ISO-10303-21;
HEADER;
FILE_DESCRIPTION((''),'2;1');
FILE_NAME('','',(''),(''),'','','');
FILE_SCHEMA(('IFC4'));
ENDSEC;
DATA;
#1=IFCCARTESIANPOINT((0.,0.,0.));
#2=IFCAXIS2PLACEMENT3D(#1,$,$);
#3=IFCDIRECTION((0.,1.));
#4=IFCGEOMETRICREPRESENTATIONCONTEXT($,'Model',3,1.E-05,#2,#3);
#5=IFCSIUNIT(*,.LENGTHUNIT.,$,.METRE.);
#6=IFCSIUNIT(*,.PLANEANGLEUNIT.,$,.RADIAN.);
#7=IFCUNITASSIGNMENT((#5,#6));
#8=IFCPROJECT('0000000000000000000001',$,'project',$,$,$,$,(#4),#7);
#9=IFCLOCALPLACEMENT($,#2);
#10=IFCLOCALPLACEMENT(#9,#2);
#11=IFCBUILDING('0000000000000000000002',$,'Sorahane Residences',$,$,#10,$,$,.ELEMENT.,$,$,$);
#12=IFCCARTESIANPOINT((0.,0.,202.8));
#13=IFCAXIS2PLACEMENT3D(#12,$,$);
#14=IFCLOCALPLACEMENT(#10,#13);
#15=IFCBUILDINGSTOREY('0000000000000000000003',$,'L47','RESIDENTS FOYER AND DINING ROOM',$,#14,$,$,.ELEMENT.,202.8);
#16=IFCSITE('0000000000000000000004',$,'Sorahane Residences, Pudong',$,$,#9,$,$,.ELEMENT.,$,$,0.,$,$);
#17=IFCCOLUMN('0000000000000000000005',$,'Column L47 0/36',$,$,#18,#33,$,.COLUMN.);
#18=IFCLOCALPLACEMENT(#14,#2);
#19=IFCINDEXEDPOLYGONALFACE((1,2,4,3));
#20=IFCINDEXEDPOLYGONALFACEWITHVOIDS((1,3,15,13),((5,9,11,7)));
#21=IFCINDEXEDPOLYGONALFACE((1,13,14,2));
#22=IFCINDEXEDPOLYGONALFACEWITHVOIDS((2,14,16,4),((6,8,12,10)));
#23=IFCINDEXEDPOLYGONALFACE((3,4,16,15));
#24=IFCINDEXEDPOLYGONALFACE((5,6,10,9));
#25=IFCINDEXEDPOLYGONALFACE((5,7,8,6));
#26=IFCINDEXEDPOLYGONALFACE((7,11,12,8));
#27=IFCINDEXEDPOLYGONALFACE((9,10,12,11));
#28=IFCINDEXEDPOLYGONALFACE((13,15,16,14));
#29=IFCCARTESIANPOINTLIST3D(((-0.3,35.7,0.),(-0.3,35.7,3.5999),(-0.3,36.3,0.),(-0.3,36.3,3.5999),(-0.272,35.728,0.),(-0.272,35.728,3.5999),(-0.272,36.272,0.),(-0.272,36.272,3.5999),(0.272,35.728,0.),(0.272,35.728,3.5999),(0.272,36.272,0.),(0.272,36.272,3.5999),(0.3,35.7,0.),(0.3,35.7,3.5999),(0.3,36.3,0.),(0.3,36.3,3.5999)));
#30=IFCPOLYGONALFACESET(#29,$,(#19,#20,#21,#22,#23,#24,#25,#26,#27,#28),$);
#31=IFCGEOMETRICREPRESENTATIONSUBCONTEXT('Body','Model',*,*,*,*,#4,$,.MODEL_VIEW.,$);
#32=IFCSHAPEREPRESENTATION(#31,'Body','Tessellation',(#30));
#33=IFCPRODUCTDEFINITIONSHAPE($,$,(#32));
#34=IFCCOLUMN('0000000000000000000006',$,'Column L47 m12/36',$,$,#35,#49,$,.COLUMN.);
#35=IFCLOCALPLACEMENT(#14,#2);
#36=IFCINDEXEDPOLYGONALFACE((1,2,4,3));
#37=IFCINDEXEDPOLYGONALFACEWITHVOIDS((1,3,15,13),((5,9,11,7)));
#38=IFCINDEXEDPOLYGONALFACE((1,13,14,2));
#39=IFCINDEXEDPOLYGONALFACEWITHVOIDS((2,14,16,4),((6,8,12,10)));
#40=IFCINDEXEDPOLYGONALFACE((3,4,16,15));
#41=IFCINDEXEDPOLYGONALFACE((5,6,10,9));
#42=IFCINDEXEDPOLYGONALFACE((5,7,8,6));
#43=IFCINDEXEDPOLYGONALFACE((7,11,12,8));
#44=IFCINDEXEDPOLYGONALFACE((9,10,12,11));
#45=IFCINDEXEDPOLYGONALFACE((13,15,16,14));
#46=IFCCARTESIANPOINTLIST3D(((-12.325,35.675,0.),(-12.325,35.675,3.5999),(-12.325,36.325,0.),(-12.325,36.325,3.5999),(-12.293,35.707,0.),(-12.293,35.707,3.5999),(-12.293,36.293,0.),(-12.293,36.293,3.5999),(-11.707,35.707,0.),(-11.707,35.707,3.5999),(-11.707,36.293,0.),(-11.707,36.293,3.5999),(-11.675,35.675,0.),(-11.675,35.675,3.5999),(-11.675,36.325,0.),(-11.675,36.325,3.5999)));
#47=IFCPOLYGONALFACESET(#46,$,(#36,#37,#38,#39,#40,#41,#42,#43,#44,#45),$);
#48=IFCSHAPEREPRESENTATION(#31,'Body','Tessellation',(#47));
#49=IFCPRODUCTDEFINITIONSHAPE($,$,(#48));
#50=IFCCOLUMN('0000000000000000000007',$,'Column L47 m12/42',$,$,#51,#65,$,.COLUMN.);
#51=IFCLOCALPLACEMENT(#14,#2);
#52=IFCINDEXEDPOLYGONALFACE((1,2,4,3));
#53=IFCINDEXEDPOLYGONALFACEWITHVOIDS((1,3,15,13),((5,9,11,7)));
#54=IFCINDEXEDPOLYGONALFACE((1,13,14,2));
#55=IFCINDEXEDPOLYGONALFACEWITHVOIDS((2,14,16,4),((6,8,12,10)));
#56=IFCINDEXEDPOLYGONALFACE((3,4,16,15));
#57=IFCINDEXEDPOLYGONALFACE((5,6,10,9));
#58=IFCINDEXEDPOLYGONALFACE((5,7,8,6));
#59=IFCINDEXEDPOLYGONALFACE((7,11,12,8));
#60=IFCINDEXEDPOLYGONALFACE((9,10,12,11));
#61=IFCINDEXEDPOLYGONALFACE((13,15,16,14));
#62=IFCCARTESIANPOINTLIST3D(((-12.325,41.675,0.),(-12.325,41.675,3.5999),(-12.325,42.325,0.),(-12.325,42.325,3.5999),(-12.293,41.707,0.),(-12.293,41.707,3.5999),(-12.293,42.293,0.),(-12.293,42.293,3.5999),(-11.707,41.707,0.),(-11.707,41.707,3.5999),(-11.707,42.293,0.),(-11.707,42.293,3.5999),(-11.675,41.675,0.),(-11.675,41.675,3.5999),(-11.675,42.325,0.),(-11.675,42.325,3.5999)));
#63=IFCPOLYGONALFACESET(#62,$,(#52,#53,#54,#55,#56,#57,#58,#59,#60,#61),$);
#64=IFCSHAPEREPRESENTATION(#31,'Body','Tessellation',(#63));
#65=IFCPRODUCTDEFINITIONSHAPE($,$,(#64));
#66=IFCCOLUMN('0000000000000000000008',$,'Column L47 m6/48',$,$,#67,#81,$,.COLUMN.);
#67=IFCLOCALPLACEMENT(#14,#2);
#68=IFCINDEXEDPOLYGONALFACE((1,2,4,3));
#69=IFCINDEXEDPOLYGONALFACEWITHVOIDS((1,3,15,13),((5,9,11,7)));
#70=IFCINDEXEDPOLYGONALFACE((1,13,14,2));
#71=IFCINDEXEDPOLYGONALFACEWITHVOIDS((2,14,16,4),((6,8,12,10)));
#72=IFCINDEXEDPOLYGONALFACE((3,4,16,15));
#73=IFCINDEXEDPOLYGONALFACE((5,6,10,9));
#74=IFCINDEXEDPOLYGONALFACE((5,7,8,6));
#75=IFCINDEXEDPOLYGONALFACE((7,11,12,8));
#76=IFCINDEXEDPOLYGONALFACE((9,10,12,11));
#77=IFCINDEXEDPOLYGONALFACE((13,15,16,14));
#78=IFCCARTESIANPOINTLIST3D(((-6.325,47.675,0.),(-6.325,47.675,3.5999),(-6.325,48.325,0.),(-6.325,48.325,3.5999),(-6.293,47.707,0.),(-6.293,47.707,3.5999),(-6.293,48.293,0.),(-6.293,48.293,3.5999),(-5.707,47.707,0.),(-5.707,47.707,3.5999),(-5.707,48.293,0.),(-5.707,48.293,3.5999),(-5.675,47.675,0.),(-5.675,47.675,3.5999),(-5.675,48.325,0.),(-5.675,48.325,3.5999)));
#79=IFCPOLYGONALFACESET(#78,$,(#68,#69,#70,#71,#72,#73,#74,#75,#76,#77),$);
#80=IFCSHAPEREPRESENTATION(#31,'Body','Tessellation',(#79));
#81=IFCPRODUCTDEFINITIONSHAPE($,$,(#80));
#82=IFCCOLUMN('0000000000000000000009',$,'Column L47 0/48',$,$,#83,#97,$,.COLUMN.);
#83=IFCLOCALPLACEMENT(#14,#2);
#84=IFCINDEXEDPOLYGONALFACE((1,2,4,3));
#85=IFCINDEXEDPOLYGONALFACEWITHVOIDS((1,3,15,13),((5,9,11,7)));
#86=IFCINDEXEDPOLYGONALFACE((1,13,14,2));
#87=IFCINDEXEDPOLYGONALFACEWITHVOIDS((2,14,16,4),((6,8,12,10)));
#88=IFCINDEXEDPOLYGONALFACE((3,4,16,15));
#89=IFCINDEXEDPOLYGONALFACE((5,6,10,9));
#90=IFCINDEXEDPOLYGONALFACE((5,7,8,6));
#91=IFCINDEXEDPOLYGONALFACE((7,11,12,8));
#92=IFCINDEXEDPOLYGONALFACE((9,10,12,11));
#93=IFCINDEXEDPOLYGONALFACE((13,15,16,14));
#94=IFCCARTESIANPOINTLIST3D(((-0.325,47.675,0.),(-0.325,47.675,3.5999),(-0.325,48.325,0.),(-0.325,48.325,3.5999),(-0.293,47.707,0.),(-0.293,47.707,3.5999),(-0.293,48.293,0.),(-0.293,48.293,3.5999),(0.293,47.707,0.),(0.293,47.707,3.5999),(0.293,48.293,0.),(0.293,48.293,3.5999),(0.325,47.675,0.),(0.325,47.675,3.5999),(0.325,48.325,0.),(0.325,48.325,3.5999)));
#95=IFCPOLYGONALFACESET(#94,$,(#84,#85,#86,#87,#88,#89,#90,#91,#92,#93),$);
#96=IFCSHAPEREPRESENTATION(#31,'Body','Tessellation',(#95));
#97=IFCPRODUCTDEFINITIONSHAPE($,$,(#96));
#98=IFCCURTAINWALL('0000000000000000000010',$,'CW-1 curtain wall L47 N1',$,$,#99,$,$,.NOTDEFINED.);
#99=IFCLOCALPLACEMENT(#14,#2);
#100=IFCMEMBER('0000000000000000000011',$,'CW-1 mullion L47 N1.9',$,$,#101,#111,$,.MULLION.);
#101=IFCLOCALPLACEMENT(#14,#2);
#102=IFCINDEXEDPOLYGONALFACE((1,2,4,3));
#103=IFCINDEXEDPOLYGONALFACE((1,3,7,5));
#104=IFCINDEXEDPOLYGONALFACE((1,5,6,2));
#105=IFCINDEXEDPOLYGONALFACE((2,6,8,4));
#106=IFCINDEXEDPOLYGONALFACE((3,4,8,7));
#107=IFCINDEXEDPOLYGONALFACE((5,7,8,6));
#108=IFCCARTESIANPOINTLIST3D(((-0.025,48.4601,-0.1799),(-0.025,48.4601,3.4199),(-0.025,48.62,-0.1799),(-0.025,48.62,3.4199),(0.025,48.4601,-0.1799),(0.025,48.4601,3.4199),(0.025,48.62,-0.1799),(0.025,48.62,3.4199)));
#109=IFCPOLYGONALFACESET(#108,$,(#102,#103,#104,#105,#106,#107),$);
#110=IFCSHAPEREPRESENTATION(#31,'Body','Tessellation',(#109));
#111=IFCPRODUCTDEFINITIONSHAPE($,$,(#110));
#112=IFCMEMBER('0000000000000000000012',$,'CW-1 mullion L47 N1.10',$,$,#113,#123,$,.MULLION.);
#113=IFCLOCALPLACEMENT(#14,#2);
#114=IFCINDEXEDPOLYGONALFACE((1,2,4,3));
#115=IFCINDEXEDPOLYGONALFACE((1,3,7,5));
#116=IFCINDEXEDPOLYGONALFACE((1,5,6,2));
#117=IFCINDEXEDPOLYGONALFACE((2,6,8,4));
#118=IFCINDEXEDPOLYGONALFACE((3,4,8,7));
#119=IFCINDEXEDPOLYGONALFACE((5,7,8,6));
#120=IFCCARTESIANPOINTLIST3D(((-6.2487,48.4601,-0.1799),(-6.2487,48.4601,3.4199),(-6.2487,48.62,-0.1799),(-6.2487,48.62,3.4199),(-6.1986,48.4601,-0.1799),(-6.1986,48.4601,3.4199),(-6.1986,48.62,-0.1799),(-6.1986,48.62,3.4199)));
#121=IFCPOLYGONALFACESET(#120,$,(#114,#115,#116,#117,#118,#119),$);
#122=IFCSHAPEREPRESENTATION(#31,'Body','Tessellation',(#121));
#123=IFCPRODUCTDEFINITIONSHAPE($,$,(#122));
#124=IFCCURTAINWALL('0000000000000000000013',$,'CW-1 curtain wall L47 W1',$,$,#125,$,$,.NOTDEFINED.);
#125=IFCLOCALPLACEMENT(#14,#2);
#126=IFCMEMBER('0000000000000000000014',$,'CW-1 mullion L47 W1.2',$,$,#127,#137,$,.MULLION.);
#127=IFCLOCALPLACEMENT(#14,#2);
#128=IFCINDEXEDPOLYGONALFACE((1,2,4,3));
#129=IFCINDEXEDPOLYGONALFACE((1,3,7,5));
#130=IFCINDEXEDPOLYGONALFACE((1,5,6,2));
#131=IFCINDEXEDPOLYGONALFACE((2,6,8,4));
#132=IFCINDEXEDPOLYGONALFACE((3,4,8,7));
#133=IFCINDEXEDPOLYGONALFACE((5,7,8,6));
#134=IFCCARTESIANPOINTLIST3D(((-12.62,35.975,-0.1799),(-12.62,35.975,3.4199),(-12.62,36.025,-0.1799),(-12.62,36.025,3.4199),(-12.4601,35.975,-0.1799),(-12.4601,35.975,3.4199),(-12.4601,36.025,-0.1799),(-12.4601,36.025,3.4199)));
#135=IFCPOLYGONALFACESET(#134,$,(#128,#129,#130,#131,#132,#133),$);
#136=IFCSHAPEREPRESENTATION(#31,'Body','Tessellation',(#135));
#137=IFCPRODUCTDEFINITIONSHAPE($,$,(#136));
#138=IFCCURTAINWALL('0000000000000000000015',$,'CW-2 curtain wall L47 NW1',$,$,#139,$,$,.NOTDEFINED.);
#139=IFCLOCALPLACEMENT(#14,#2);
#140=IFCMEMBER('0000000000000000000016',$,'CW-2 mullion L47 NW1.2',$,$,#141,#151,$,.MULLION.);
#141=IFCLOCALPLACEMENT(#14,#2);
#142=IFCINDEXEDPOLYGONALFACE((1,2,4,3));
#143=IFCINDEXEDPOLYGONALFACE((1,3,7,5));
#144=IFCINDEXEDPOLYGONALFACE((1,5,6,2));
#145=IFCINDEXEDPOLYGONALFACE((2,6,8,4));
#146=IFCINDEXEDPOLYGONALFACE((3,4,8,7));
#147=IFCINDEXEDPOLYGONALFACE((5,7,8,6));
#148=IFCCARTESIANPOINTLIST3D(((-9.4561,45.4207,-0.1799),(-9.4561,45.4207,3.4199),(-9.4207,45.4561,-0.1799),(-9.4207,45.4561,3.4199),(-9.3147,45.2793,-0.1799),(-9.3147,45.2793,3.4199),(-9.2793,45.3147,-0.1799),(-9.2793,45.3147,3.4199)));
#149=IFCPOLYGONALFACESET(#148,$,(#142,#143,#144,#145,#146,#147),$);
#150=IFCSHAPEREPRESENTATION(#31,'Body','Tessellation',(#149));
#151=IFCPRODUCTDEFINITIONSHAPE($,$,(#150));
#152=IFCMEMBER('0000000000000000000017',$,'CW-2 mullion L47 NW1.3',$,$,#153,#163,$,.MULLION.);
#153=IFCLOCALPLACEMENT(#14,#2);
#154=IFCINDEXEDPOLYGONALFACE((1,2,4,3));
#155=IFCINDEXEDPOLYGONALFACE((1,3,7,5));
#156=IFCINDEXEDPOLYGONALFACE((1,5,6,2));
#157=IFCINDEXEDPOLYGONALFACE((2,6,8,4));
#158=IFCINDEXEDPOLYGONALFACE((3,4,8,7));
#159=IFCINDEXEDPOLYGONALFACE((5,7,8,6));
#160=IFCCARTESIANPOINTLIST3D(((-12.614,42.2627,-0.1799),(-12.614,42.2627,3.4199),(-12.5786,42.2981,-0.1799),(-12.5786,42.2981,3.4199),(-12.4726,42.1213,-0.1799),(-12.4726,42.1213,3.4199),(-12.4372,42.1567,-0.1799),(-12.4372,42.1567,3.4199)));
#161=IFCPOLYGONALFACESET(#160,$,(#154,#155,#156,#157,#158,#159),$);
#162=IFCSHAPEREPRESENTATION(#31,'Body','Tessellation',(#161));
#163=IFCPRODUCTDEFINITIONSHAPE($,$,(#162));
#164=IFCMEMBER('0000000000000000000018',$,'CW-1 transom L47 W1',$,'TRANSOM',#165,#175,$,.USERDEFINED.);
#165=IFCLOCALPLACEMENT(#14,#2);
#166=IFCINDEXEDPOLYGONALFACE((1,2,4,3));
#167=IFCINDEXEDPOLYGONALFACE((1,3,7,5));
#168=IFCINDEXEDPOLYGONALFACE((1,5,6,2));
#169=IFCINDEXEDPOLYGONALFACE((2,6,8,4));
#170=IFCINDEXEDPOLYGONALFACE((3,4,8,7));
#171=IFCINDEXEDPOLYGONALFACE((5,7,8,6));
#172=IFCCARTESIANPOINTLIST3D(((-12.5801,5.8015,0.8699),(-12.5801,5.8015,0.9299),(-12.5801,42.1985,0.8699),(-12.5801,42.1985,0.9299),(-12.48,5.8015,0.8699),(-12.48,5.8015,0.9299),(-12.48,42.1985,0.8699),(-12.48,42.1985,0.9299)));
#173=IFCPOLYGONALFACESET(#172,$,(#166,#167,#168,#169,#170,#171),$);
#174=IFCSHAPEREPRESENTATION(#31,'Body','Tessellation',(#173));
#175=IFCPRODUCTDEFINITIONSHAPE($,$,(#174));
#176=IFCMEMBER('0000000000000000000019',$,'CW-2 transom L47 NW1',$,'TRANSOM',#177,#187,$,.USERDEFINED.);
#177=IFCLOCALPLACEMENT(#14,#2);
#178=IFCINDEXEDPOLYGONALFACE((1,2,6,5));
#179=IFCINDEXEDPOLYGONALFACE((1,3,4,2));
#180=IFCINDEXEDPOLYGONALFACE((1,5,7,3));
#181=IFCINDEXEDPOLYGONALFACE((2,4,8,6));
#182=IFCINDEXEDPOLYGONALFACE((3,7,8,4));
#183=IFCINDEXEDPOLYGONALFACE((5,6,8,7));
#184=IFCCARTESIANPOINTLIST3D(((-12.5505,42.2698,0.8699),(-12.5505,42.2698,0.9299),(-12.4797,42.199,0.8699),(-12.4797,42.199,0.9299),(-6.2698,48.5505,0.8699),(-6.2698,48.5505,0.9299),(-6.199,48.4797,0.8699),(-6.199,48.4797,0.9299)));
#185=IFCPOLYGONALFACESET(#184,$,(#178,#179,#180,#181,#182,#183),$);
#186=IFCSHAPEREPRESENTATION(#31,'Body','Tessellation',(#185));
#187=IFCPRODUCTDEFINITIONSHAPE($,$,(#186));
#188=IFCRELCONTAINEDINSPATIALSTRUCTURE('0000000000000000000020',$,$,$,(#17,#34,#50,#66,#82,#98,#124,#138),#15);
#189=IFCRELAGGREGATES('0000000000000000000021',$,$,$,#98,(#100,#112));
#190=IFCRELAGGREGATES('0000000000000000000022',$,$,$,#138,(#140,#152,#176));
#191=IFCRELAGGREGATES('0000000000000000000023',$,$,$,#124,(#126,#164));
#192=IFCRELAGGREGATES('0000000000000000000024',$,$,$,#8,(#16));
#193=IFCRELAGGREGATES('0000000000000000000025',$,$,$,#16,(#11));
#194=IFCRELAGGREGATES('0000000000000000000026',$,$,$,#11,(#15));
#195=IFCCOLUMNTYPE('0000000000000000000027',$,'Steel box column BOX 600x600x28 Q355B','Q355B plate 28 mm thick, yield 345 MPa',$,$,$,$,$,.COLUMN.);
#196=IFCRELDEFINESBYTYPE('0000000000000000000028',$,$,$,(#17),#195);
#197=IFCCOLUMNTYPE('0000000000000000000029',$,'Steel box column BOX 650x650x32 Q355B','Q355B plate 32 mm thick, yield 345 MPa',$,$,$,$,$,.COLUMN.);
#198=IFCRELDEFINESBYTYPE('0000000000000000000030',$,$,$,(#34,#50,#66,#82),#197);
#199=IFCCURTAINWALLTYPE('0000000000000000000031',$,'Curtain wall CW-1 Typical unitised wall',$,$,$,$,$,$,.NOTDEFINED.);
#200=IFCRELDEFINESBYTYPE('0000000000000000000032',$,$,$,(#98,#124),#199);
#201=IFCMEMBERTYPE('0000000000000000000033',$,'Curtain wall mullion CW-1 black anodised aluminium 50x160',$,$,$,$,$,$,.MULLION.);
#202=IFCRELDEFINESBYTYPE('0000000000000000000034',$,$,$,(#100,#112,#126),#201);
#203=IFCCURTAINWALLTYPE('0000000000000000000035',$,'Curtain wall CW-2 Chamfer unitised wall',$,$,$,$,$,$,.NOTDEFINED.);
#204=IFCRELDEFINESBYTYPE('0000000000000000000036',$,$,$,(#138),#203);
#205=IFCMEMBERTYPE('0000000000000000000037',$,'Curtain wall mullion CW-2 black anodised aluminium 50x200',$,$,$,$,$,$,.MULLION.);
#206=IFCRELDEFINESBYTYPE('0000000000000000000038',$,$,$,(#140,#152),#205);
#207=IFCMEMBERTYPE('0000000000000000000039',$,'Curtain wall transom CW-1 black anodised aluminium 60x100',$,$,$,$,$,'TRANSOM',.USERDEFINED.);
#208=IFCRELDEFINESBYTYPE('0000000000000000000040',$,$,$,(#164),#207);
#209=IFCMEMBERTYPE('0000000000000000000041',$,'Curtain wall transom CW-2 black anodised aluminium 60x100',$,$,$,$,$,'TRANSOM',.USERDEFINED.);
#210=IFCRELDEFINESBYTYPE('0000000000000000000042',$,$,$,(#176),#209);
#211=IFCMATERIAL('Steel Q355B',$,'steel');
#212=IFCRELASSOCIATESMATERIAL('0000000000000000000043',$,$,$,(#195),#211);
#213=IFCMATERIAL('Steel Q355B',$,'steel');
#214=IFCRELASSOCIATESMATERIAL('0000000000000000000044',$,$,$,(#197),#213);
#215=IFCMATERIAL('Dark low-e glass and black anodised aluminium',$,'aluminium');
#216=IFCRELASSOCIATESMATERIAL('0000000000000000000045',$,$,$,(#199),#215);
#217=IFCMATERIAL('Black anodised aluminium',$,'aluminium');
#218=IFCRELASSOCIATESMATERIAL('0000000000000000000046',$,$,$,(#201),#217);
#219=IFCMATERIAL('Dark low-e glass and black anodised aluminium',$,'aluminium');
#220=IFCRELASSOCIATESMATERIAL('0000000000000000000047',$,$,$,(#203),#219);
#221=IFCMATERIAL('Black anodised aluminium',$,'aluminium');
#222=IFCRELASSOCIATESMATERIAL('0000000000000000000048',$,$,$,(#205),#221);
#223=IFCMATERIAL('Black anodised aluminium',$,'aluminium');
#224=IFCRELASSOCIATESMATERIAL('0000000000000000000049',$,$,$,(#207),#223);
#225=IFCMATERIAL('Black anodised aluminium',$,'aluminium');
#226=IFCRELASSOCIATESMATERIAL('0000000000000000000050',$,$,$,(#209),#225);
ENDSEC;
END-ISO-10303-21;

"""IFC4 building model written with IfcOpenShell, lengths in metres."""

from ifc_helpers import new_model, si_unit, direction, frame, origin, origin_2d, place, context, subcontext, project, spatial, rectangle, hollow_rectangle, extrude, material, material_profile, profile_set, type_object, element, aggregate, save


model = new_model("IFC4")

# Units and contexts
model_context = context("Model", 3, precision=1e-05, world=origin(), true_north=direction((0.0, 1.0)))
body_context = subcontext(model_context, "Body", "Model", "MODEL_VIEW")
ifc_project = project(units=[si_unit("LENGTHUNIT", "METRE"), si_unit("PLANEANGLEUNIT", "RADIAN")], contexts=[model_context])

# Site, building, storey
site_placement = place(None, origin())
site = spatial("IfcSite", under=ifc_project, at=site_placement, Name="Sorahane Residences, Pudong", CompositionType="ELEMENT", RefElevation=0.0)
building_placement = place(site_placement, origin())
building = spatial("IfcBuilding", under=site, at=building_placement, Name="Sorahane Residences", CompositionType="ELEMENT")
storey_placement = place(building_placement, frame((0.0, 0.0, 202.8)))
storey = spatial("IfcBuildingStorey", under=building, at=storey_placement, Name="L47", Description="RESIDENTS FOYER AND DINING ROOM", CompositionType="ELEMENT", Elevation=202.8)

# Columns
ifc_material_1 = material(Name="Steel Q355B", Category="steel")
ifc_material_profile_1 = material_profile(ifc_material_1, hollow_rectangle(XDim=0.6001, YDim=0.6001, WallThickness=0.0281, at=origin_2d()), Name="BOX 600x600x28")
ifc_profile_set_1 = profile_set([ifc_material_profile_1], Name="Steel Q355B")
column_type_1 = type_object("IfcColumnType", Name="Steel box column BOX 600x600x28 Q355B", Description="Q355B plate 28 mm thick, yield 345 MPa", PredefinedType="COLUMN", material=ifc_profile_set_1)
column_placement = place(storey_placement, frame((0.0, 36.0, 0.0), z_axis=(0.0, 0.0, 1.0), x_axis=(1.0, 0.0, 0.0)))
element("IfcColumn", 1, at=column_placement, inside=storey, type_object=column_type_1, Name="Column L47 0/36", PredefinedType="COLUMN", context=body_context, shape_type="SweptSolid", body=[
    extrude(hollow_rectangle(XDim=0.6001, YDim=0.6001, WallThickness=0.0281, at=origin_2d()), origin(), (0.0, 0.0, 1.0), 3.5999),
])
ifc_material_2 = material(Name="Steel Q355B", Category="steel")
ifc_material_profile_2 = material_profile(ifc_material_2, hollow_rectangle(XDim=0.6499, YDim=0.6499, WallThickness=0.032, at=origin_2d()), Name="BOX 650x650x32")
ifc_profile_set_2 = profile_set([ifc_material_profile_2], Name="Steel Q355B")
column_type_2 = type_object("IfcColumnType", Name="Steel box column BOX 650x650x32 Q355B", Description="Q355B plate 32 mm thick, yield 345 MPa", PredefinedType="COLUMN", material=ifc_profile_set_2)
for number, where, z_axis, x_axis, name in (
    (2, (-12.0, 36.0, 0.0), (0.0, 0.0, 1.0), (1.0, 0.0, 0.0), "Column L47 m12/36"),
    (3, (-12.0, 42.0, 0.0), (0.0, 0.0, 1.0), (1.0, 0.0, 0.0), "Column L47 m12/42"),
    (4, (-6.0, 48.0, 0.0), (0.0, 0.0, 1.0), (1.0, 0.0, 0.0), "Column L47 m6/48"),
    (5, (0.0, 48.0, 0.0), (0.0, 0.0, 1.0), (1.0, 0.0, 0.0), "Column L47 0/48"),
):
    element("IfcColumn", number, at=place(storey_placement, frame(where, z_axis=z_axis, x_axis=x_axis)), inside=storey, type_object=column_type_2, Name=name, PredefinedType="COLUMN", context=body_context, shape_type="SweptSolid", body=[
        extrude(hollow_rectangle(XDim=0.6499, YDim=0.6499, WallThickness=0.032, at=origin_2d()), origin(), (0.0, 0.0, 1.0), 3.5999),
    ])

# Curtain wall, members
ifc_material_3 = material(Name="Dark low-e glass and black anodised aluminium", Category="aluminium")
curtain_wall_type_1 = type_object("IfcCurtainWallType", Name="Curtain wall CW-1 Typical unitised wall", PredefinedType="NOTDEFINED", material=ifc_material_3)
curtain_wall_1_placement = place(storey_placement, origin())
curtain_wall_1 = element("IfcCurtainWall", 6, at=curtain_wall_1_placement, inside=storey, type_object=curtain_wall_type_1, Name="CW-1 curtain wall L47 N1", PredefinedType="NOTDEFINED")
ifc_material_4 = material(Name="Black anodised aluminium", Category="aluminium")
ifc_material_profile_3 = material_profile(ifc_material_4, rectangle(XDim=0.1599, YDim=0.05, at=origin_2d()), Name="Curtain wall mullion CW-1 black anodised aluminium 50x160")
ifc_profile_set_3 = profile_set([ifc_material_profile_3], Name="Black anodised aluminium")
member_type_1 = type_object("IfcMemberType", Name="Curtain wall mullion CW-1 black anodised aluminium 50x160", PredefinedType="MULLION", material=ifc_profile_set_3)
member_1_placement = place(storey_placement, frame((0.0, 48.54, -0.1799), z_axis=(0.0, 0.0, 1.0), x_axis=(0.0, 1.0, 0.0)))
member_1 = element("IfcMember", 7, at=member_1_placement, type_object=member_type_1, Name="CW-1 mullion L47 N1.9", PredefinedType="MULLION", context=body_context, shape_type="SweptSolid", body=[
    extrude(rectangle(XDim=0.1599, YDim=0.05, at=origin_2d()), origin(), (0.0, 0.0, 1.0), 3.5999),
])
member_2_placement = place(storey_placement, frame((-6.2236, 48.54, -0.1799), z_axis=(0.0, 0.0, 1.0), x_axis=(0.0, 1.0, 0.0)))
member_2 = element("IfcMember", 8, at=member_2_placement, type_object=member_type_1, Name="CW-1 mullion L47 N1.10", PredefinedType="MULLION", context=body_context, shape_type="SweptSolid", body=[
    extrude(rectangle(XDim=0.1599, YDim=0.05, at=origin_2d()), origin(), (0.0, 0.0, 1.0), 3.5999),
])

# Curtain wall, member
curtain_wall_2_placement = place(storey_placement, origin())
curtain_wall_2 = element("IfcCurtainWall", 9, at=curtain_wall_2_placement, inside=storey, type_object=curtain_wall_type_1, Name="CW-1 curtain wall L47 W1", PredefinedType="NOTDEFINED")
member_3_placement = place(storey_placement, frame((-12.54, 36.0, -0.1799), z_axis=(0.0, 0.0, 1.0), x_axis=(-1.0, 0.0, 0.0)))
member_3 = element("IfcMember", 10, at=member_3_placement, type_object=member_type_1, Name="CW-1 mullion L47 W1.2", PredefinedType="MULLION", context=body_context, shape_type="SweptSolid", body=[
    extrude(rectangle(XDim=0.1599, YDim=0.05, at=origin_2d()), origin(), (0.0, 0.0, 1.0), 3.5999),
])

# Curtain wall, members
ifc_material_5 = material(Name="Dark low-e glass and black anodised aluminium", Category="aluminium")
curtain_wall_type_2 = type_object("IfcCurtainWallType", Name="Curtain wall CW-2 Chamfer unitised wall", PredefinedType="NOTDEFINED", material=ifc_material_5)
curtain_wall_3_placement = place(storey_placement, origin())
curtain_wall_3 = element("IfcCurtainWall", 11, at=curtain_wall_3_placement, inside=storey, type_object=curtain_wall_type_2, Name="CW-2 curtain wall L47 NW1", PredefinedType="NOTDEFINED")
ifc_material_6 = material(Name="Black anodised aluminium", Category="aluminium")
ifc_material_profile_4 = material_profile(ifc_material_6, rectangle(XDim=0.2, YDim=0.05, at=origin_2d()), Name="Curtain wall mullion CW-2 black anodised aluminium 50x200")
ifc_profile_set_4 = profile_set([ifc_material_profile_4], Name="Black anodised aluminium")
member_type_2 = type_object("IfcMemberType", Name="Curtain wall mullion CW-2 black anodised aluminium 50x200", PredefinedType="MULLION", material=ifc_profile_set_4)
member_4_placement = place(storey_placement, frame((-9.3677, 45.3677, -0.1799), z_axis=(0.0, 0.0, 1.0), x_axis=(-0.707107, 0.707107, 0.0)))
member_4 = element("IfcMember", 12, at=member_4_placement, type_object=member_type_2, Name="CW-2 mullion L47 NW1.2", PredefinedType="MULLION", context=body_context, shape_type="SweptSolid", body=[
    extrude(rectangle(XDim=0.2, YDim=0.05, at=origin_2d()), origin(), (0.0, 0.0, 1.0), 3.5999),
])
member_5_placement = place(storey_placement, frame((-12.5256, 42.2097, -0.1799), z_axis=(0.0, 0.0, 1.0), x_axis=(-0.707107, 0.707107, 0.0)))
member_5 = element("IfcMember", 13, at=member_5_placement, type_object=member_type_2, Name="CW-2 mullion L47 NW1.3", PredefinedType="MULLION", context=body_context, shape_type="SweptSolid", body=[
    extrude(rectangle(XDim=0.2, YDim=0.05, at=origin_2d()), origin(), (0.0, 0.0, 1.0), 3.5999),
])

# Members
ifc_material_7 = material(Name="Black anodised aluminium", Category="aluminium")
ifc_material_profile_5 = material_profile(ifc_material_7, rectangle(XDim=0.1001, YDim=0.0601, at=origin_2d()), Name="Curtain wall transom CW-1 black anodised aluminium 60x100")
ifc_profile_set_5 = profile_set([ifc_material_profile_5], Name="Black anodised aluminium")
member_type_3 = type_object("IfcMemberType", Name="Curtain wall transom CW-1 black anodised aluminium 60x100", ElementType="TRANSOM", PredefinedType="USERDEFINED", material=ifc_profile_set_5)
member_6_placement = place(storey_placement, frame((-12.53, 42.1985, 0.8999), z_axis=(0.0, -1.0, 0.0), x_axis=(1.0, 0.0, 0.0)))
member_6 = element("IfcMember", 14, at=member_6_placement, type_object=member_type_3, Name="CW-1 transom L47 W1", ObjectType="TRANSOM", PredefinedType="USERDEFINED", context=body_context, shape_type="SweptSolid", body=[
    extrude(rectangle(XDim=0.1001, YDim=0.0601, at=origin_2d()), origin(), (0.0, 0.0, 1.0), 36.397),
])
ifc_material_8 = material(Name="Black anodised aluminium", Category="aluminium")
ifc_material_profile_6 = material_profile(ifc_material_8, rectangle(XDim=0.1001, YDim=0.0601, at=origin_2d()), Name="Curtain wall transom CW-2 black anodised aluminium 60x100")
ifc_profile_set_6 = profile_set([ifc_material_profile_6], Name="Black anodised aluminium")
member_type_4 = type_object("IfcMemberType", Name="Curtain wall transom CW-2 black anodised aluminium 60x100", ElementType="TRANSOM", PredefinedType="USERDEFINED", material=ifc_profile_set_6)
member_7_placement = place(storey_placement, frame((-6.2344, 48.5151, 0.8999), z_axis=(-0.707107, -0.707107, 0.0), x_axis=(0.707107, -0.707107, 0.0)))
member_7 = element("IfcMember", 15, at=member_7_placement, type_object=member_type_4, Name="CW-2 transom L47 NW1", ObjectType="TRANSOM", PredefinedType="USERDEFINED", context=body_context, shape_type="SweptSolid", body=[
    extrude(rectangle(XDim=0.1001, YDim=0.0601, at=origin_2d()), origin(), (0.0, 0.0, 1.0), 8.8823),
])

aggregate(curtain_wall_1, [member_1, member_2])
aggregate(curtain_wall_3, [member_4, member_5, member_7])
aggregate(curtain_wall_2, [member_3, member_6])

save(model, "model.ifc")
